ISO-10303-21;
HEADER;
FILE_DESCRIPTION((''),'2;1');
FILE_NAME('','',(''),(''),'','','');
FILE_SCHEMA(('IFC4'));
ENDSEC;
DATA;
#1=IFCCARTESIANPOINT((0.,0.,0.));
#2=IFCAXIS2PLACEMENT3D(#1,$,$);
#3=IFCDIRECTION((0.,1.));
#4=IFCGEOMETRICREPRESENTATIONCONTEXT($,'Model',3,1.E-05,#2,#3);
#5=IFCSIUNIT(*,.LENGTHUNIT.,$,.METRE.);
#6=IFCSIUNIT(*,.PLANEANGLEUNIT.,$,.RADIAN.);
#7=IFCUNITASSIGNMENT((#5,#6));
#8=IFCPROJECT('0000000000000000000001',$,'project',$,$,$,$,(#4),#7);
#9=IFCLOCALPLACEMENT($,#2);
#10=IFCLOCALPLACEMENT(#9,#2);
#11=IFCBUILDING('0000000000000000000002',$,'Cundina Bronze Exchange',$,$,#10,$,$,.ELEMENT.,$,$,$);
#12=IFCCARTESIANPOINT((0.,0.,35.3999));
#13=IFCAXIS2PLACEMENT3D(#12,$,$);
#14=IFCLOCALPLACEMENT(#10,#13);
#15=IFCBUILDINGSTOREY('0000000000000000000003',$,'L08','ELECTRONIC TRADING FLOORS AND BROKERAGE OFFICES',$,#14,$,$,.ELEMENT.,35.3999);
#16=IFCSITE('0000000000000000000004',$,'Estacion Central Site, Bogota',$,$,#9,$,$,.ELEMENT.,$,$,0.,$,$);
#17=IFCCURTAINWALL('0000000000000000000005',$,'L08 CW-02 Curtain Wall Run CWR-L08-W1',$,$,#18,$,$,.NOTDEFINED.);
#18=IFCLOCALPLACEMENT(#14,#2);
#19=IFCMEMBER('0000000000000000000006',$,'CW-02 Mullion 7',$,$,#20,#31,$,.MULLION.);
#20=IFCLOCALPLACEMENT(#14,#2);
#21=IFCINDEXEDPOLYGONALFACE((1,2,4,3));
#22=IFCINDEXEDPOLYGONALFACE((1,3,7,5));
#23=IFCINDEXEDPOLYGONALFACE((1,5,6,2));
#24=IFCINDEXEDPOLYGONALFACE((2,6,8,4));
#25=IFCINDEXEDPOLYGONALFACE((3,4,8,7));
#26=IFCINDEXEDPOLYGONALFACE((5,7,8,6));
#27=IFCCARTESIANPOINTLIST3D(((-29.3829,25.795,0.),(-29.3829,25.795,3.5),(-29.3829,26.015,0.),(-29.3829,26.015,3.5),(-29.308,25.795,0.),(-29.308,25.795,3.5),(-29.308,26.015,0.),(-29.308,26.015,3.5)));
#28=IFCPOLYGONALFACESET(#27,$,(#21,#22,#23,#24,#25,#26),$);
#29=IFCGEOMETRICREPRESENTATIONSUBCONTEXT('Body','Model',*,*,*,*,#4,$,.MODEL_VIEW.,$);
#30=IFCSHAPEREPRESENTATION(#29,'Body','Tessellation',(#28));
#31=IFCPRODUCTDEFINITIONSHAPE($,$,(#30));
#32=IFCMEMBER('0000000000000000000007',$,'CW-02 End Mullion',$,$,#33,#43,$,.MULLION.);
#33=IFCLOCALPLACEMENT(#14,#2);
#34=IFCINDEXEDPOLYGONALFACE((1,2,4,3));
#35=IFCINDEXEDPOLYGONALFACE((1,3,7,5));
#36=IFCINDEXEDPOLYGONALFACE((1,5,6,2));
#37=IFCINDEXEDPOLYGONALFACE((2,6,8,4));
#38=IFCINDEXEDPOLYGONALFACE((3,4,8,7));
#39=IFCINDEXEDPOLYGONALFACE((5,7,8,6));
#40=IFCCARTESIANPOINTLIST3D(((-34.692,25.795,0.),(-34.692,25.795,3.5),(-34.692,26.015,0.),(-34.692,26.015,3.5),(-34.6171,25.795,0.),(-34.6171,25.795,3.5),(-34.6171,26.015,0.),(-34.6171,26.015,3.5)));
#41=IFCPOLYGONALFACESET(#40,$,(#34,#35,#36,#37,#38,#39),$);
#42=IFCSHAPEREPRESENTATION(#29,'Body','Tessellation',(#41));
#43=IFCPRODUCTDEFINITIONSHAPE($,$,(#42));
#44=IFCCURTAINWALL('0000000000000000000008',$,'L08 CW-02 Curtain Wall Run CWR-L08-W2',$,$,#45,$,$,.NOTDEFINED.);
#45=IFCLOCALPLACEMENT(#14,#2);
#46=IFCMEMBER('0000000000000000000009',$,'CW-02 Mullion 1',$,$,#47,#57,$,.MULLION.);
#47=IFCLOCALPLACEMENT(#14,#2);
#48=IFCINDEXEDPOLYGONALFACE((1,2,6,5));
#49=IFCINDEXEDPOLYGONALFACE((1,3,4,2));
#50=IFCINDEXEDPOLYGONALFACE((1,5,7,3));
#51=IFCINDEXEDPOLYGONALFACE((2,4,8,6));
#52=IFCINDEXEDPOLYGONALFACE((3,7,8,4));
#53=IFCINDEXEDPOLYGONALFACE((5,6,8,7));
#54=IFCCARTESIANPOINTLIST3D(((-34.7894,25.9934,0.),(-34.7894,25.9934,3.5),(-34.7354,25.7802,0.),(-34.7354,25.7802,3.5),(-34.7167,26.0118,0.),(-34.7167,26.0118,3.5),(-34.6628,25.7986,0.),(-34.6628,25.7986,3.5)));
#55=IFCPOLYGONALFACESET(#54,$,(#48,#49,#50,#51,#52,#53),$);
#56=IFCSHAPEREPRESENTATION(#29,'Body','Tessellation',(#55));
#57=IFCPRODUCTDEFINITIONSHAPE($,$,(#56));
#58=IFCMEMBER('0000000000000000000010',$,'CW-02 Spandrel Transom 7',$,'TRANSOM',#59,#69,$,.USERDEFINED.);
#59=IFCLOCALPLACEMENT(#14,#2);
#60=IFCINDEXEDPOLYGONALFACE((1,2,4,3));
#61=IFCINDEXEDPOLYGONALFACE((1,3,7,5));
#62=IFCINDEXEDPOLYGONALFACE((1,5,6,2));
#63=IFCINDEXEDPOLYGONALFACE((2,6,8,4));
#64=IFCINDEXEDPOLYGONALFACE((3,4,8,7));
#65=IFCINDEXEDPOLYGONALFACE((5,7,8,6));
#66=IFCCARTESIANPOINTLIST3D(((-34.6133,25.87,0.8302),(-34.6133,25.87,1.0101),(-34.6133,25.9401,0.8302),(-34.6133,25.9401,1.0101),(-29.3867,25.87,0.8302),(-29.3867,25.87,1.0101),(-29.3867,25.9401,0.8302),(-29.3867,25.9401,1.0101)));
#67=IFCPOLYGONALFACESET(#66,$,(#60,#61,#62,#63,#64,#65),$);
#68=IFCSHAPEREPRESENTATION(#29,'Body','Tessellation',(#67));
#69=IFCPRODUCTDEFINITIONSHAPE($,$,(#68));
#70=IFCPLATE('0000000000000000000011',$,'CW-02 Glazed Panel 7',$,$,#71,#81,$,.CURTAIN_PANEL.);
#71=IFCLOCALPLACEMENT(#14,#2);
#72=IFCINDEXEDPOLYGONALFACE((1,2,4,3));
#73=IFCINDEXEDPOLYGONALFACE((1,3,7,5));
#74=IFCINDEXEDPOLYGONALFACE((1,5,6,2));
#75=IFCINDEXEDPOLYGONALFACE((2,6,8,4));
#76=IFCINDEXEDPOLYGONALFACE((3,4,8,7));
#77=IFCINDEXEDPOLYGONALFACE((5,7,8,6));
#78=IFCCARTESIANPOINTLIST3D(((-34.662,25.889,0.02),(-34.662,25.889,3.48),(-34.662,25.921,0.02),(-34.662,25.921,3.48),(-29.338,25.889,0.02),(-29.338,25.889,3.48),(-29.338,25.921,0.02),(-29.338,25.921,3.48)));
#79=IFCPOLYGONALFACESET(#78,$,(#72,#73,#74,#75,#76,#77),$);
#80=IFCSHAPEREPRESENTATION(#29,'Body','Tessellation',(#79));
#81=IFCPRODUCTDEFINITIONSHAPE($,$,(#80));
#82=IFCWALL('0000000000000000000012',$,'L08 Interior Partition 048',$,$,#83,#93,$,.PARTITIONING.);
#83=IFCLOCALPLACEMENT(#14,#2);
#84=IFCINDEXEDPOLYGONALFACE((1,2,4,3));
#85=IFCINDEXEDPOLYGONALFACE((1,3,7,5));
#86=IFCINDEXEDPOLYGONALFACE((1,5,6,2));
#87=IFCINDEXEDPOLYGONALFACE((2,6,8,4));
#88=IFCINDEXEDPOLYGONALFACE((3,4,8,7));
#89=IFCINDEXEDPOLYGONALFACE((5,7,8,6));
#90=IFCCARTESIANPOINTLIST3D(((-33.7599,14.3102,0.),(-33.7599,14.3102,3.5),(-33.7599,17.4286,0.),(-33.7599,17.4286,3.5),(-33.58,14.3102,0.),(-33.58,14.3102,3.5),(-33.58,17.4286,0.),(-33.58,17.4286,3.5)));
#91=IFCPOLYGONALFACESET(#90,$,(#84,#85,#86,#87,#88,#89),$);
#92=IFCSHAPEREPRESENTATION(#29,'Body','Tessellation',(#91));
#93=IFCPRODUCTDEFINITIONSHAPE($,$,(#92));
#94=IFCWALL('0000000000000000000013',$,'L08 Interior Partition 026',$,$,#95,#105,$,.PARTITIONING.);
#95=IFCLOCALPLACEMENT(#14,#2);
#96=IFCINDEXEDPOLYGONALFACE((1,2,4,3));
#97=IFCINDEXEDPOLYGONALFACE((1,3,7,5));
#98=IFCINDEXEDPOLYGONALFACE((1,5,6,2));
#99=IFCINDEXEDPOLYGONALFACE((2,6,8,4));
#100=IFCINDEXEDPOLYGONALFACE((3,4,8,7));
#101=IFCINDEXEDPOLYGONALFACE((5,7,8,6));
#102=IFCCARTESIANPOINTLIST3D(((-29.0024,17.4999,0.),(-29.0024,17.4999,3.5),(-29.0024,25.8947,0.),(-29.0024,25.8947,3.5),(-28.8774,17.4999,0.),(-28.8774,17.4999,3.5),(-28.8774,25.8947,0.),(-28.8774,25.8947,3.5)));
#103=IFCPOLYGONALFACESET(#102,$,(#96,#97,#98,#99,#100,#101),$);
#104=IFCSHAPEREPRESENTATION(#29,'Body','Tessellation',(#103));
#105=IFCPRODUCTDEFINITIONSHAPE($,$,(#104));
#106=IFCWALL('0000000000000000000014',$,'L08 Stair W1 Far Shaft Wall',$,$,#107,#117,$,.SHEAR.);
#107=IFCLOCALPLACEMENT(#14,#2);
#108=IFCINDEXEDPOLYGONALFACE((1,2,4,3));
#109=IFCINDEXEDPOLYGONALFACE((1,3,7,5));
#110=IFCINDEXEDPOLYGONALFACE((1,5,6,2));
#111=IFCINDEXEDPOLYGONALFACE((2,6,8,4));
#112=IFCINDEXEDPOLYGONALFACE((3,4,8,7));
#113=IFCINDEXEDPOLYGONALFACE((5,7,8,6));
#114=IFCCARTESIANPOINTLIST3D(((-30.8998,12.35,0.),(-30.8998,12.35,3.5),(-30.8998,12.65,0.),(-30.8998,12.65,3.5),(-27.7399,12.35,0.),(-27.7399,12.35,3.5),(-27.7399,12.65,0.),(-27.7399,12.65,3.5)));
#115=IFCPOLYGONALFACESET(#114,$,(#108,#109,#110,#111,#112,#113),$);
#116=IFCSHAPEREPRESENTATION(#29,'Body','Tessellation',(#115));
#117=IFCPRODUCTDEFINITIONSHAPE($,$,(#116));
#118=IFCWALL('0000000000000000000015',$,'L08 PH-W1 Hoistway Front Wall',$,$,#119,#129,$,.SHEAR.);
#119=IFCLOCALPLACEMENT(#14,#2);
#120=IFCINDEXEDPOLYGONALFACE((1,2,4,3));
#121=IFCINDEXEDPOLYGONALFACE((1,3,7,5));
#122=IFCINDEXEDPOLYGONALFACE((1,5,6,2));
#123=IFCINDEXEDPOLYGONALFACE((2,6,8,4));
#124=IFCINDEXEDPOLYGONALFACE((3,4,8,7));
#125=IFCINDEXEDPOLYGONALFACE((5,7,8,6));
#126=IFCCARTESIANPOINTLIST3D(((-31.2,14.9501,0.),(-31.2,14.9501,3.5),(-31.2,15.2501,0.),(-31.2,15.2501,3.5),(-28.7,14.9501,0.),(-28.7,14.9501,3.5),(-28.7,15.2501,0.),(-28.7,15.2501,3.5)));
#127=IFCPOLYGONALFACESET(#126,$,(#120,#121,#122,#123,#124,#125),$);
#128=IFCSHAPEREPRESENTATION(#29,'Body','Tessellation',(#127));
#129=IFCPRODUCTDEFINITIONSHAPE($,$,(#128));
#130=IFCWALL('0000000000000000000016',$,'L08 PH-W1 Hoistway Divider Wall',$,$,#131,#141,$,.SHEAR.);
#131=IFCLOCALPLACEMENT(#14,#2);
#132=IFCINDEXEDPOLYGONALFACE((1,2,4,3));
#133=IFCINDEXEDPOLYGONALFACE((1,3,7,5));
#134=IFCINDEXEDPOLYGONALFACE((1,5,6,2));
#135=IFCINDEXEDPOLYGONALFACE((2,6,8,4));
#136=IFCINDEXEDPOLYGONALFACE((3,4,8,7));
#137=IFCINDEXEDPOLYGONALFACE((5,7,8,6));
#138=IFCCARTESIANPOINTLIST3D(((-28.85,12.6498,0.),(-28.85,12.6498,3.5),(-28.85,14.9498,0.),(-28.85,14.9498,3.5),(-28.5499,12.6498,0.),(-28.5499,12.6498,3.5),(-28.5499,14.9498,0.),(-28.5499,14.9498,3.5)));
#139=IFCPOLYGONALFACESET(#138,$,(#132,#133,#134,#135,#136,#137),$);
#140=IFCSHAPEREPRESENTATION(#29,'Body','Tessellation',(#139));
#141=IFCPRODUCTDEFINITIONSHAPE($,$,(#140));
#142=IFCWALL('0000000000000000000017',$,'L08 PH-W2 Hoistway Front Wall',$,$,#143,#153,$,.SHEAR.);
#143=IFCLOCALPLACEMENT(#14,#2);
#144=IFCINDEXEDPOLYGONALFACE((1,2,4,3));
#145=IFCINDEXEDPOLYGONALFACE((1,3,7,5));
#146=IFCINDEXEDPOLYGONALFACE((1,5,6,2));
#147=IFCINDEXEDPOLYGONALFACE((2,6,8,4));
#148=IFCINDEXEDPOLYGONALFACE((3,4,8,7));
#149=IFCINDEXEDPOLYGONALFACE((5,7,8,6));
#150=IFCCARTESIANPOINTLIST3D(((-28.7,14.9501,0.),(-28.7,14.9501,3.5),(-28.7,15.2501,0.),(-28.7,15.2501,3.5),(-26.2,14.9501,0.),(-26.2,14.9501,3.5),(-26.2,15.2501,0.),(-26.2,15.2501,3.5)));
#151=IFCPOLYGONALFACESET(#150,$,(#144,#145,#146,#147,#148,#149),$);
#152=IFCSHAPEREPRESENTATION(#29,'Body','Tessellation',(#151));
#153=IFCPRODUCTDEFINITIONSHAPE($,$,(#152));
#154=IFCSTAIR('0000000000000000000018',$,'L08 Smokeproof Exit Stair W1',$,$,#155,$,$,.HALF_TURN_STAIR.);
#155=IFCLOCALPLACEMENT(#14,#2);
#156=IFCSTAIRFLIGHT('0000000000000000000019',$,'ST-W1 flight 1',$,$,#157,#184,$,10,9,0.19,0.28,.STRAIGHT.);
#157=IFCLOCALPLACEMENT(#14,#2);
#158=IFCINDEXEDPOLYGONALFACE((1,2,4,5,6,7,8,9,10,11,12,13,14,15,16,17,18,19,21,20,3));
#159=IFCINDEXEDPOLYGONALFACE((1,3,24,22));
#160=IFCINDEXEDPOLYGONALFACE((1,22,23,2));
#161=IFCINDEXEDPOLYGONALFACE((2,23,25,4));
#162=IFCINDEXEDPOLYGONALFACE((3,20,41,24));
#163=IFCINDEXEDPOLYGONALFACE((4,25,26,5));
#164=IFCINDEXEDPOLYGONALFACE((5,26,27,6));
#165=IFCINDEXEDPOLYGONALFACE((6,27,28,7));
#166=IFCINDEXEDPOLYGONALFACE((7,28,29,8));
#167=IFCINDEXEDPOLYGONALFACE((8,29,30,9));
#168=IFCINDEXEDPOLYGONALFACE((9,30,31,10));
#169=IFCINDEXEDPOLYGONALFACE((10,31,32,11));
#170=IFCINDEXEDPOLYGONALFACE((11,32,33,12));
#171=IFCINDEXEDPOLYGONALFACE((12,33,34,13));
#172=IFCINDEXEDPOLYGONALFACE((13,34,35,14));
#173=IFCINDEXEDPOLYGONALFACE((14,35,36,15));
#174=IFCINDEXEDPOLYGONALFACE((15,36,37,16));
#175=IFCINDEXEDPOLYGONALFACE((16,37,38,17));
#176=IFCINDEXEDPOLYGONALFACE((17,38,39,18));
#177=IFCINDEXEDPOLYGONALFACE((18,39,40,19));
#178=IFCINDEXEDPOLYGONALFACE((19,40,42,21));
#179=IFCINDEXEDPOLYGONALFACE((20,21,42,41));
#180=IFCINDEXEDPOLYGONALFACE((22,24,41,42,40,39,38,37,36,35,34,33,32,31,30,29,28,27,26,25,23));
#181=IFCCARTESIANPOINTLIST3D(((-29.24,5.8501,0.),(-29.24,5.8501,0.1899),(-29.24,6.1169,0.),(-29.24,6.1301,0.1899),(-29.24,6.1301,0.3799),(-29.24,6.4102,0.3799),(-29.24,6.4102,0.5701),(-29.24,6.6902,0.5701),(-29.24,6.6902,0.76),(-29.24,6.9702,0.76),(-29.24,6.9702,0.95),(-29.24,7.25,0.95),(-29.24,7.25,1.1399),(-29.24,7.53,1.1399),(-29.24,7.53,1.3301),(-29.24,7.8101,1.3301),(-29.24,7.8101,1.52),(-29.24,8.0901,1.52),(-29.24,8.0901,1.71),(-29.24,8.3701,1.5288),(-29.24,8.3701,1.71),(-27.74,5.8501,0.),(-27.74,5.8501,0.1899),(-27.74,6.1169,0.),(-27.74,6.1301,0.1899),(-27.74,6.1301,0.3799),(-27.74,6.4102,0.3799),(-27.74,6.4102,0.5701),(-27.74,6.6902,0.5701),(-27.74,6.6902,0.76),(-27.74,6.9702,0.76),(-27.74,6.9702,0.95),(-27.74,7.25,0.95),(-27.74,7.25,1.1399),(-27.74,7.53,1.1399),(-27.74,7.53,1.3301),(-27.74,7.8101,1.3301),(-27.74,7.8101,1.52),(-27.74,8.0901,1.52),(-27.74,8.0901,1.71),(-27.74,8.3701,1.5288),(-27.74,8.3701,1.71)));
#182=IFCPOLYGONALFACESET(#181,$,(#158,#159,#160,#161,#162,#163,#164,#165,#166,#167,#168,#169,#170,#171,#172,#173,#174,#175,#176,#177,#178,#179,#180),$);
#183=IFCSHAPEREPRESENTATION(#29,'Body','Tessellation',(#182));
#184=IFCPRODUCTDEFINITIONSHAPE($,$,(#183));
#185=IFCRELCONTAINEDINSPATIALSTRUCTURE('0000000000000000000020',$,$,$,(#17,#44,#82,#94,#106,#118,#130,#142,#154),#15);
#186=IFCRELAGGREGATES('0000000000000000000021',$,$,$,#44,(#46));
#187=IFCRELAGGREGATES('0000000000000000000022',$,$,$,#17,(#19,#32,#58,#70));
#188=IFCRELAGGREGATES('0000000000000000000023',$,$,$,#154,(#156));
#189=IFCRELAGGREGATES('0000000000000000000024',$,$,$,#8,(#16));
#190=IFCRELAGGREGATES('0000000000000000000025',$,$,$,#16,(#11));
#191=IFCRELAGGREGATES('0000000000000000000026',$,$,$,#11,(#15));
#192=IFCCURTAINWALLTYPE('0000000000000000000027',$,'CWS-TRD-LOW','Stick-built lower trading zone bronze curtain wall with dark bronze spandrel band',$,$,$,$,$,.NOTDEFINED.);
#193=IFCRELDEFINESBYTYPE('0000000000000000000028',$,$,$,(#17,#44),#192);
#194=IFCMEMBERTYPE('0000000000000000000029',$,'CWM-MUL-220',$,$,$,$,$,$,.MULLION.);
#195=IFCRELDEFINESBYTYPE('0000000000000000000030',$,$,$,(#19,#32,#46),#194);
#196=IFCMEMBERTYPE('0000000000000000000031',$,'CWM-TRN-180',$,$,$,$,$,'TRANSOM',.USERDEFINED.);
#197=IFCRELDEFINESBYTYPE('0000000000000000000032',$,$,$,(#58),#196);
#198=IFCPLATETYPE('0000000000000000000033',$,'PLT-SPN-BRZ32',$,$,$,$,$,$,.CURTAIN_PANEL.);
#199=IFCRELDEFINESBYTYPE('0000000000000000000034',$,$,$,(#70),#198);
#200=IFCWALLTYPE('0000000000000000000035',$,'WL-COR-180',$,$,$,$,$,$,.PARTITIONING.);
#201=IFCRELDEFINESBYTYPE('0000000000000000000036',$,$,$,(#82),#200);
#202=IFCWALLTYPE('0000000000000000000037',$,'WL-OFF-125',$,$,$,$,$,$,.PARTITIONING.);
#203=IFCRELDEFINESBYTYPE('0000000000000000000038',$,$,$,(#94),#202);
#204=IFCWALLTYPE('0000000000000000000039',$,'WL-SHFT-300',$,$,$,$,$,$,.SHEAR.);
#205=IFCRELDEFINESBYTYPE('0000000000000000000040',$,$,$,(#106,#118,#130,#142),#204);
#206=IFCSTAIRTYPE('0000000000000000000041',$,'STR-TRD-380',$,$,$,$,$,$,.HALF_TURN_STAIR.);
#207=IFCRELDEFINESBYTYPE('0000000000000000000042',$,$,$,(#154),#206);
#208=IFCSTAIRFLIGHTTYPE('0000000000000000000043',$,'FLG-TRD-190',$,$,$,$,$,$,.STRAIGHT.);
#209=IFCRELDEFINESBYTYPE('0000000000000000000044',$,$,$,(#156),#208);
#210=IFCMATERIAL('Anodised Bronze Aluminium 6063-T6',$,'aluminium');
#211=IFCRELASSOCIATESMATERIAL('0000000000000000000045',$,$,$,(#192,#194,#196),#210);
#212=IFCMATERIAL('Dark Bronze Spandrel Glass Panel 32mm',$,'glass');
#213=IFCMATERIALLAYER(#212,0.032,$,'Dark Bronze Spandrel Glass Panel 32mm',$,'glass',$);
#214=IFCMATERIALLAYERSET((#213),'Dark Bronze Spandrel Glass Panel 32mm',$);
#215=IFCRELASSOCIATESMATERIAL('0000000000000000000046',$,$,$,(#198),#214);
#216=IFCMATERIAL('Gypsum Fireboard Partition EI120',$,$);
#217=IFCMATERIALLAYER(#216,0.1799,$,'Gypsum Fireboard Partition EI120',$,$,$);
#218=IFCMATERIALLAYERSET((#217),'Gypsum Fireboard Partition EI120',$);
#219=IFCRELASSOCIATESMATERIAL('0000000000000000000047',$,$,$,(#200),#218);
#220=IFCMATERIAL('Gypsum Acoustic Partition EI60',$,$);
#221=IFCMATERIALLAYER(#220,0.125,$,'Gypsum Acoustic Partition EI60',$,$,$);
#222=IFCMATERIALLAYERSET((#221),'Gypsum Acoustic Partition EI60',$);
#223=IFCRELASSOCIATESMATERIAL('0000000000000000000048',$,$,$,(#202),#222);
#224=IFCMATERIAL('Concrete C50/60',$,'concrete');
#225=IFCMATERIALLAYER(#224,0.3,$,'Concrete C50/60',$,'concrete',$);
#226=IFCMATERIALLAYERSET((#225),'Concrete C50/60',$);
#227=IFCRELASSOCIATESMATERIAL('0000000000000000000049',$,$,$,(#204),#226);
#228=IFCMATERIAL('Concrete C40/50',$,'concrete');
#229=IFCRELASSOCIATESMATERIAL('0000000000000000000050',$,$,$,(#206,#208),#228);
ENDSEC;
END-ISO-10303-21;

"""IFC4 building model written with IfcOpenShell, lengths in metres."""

from ifc_helpers import new_model, si_unit, direction, frame, frame_2d, origin, origin_2d, place, context, subcontext, project, spatial, polyline, rectangle, outline, extrude, material, layer, layer_set, material_profile, profile_set, type_object, element, aggregate, save


model = new_model("IFC4")

# Units and contexts
model_context = context("Model", 3, precision=1e-05, world=origin(), true_north=direction((0.0, 1.0)))
body_context = subcontext(model_context, "Body", "Model", "MODEL_VIEW")
ifc_project = project(units=[si_unit("LENGTHUNIT", "METRE"), si_unit("PLANEANGLEUNIT", "RADIAN")], contexts=[model_context])

# Site, building, storey
site_placement = place(None, origin())
site = spatial("IfcSite", under=ifc_project, at=site_placement, Name="Estacion Central Site, Bogota", CompositionType="ELEMENT", RefElevation=0.0)
building_placement = place(site_placement, origin())
building = spatial("IfcBuilding", under=site, at=building_placement, Name="Cundina Bronze Exchange", CompositionType="ELEMENT")
storey_placement = place(building_placement, frame((0.0, 0.0, 35.3999)))
storey = spatial("IfcBuildingStorey", under=building, at=storey_placement, Name="L08", Description="ELECTRONIC TRADING FLOORS AND BROKERAGE OFFICES", CompositionType="ELEMENT", Elevation=35.3999)

# Curtain wall, members
ifc_material_1 = material(Name="Anodised Bronze Aluminium 6063-T6", Category="aluminium")
curtain_wall_type = type_object("IfcCurtainWallType", Name="CWS-TRD-LOW", Description="Stick-built lower trading zone bronze curtain wall with dark bronze spandrel band", PredefinedType="NOTDEFINED", material=ifc_material_1)
curtain_wall_1_placement = place(storey_placement, origin())
curtain_wall_1 = element("IfcCurtainWall", 1, at=curtain_wall_1_placement, inside=storey, type_object=curtain_wall_type, Name="L08 CW-02 Curtain Wall Run CWR-L08-W1", PredefinedType="NOTDEFINED")
ifc_material_profile_1 = material_profile(ifc_material_1, rectangle(XDim=0.075, YDim=0.22, at=origin_2d()), Name="AL75X220", Category="aluminium")
ifc_profile_set_1 = profile_set([ifc_material_profile_1], Name="Anodised Bronze Aluminium 6063-T6")
member_type_1 = type_object("IfcMemberType", Name="CWM-MUL-220", PredefinedType="MULLION", material=ifc_profile_set_1)
member_1_placement = place(storey_placement, frame((-29.3455, 25.905, 0.0), z_axis=(0.0, 0.0, 1.0), x_axis=(-1.0, 0.0, 0.0)))
member_1 = element("IfcMember", 2, at=member_1_placement, type_object=member_type_1, Name="CW-02 Mullion 7", PredefinedType="MULLION", context=body_context, shape_type="SweptSolid", body=[
    extrude(rectangle(XDim=0.075, YDim=0.22, at=origin_2d()), origin(), (0.0, 0.0, 1.0), 3.5),
])
member_2_placement = place(storey_placement, frame((-34.6545, 25.905, 0.0), z_axis=(0.0, 0.0, 1.0), x_axis=(-1.0, 0.0, 0.0)))
member_2 = element("IfcMember", 3, at=member_2_placement, type_object=member_type_1, Name="CW-02 End Mullion", PredefinedType="MULLION", context=body_context, shape_type="SweptSolid", body=[
    extrude(rectangle(XDim=0.075, YDim=0.22, at=origin_2d()), origin(), (0.0, 0.0, 1.0), 3.5),
])

# Curtain wall, member
curtain_wall_2_placement = place(storey_placement, origin())
curtain_wall_2 = element("IfcCurtainWall", 4, at=curtain_wall_2_placement, inside=storey, type_object=curtain_wall_type, Name="L08 CW-02 Curtain Wall Run CWR-L08-W2", PredefinedType="NOTDEFINED")
member_3_placement = place(storey_placement, frame((-34.7261, 25.896, 0.0), z_axis=(0.0, 0.0, 1.0), x_axis=(-0.969488, -0.245138, 0.0)))
member_3 = element("IfcMember", 5, at=member_3_placement, type_object=member_type_1, Name="CW-02 Mullion 1", PredefinedType="MULLION", context=body_context, shape_type="SweptSolid", body=[
    extrude(rectangle(XDim=0.075, YDim=0.22, at=origin_2d()), origin(), (0.0, 0.0, 1.0), 3.5),
])
aggregate(curtain_wall_2, [member_3])

# Member
ifc_material_profile_2 = material_profile(ifc_material_1, rectangle(XDim=0.0701, YDim=0.1799, at=origin_2d()), Name="AL70X180", Category="aluminium")
ifc_profile_set_2 = profile_set([ifc_material_profile_2], Name="Anodised Bronze Aluminium 6063-T6")
member_type_2 = type_object("IfcMemberType", Name="CWM-TRN-180", ElementType="TRANSOM", PredefinedType="USERDEFINED", material=ifc_profile_set_2)
member_4_placement = place(storey_placement, frame((-29.3867, 25.905, 0.9202), z_axis=(-1.0, 0.0, 0.0), x_axis=(0.0, -1.0, 0.0)))
member_4 = element("IfcMember", 6, at=member_4_placement, type_object=member_type_2, Name="CW-02 Spandrel Transom 7", ObjectType="TRANSOM", PredefinedType="USERDEFINED", context=body_context, shape_type="SweptSolid", body=[
    extrude(rectangle(XDim=0.0701, YDim=0.1799, at=origin_2d()), origin(), (0.0, 0.0, 1.0), 5.2266),
])

# Plate
ifc_material_2 = material(Name="Dark Bronze Spandrel Glass Panel 32mm", Category="glass")
ifc_layer_1 = layer(ifc_material_2, 0.032, Name="Dark Bronze Spandrel Glass Panel 32mm", Category="glass")
ifc_layer_set_1 = layer_set([ifc_layer_1], Name="Dark Bronze Spandrel Glass Panel 32mm")
plate_type = type_object("IfcPlateType", Name="PLT-SPN-BRZ32", PredefinedType="CURTAIN_PANEL", material=ifc_layer_set_1)
plate_placement = place(storey_placement, frame((-32.0, 25.905, 0.02), z_axis=(0.0, 0.0, 1.0), x_axis=(-1.0, 0.0, 0.0)))
plate = element("IfcPlate", 7, at=plate_placement, type_object=plate_type, Name="CW-02 Glazed Panel 7", PredefinedType="CURTAIN_PANEL", context=body_context, shape_type="SweptSolid", body=[
    extrude(rectangle(XDim=5.324, YDim=0.032, at=origin_2d()), origin(), (0.0, 0.0, 1.0), 3.46),
])
aggregate(curtain_wall_1, [member_1, member_2, member_4, plate])

# Shared definitions
ifc_material_3 = material(Name="Gypsum Fireboard Partition EI120")
ifc_layer_2 = layer(ifc_material_3, 0.1799, Name="Gypsum Fireboard Partition EI120")
ifc_layer_set_2 = layer_set([ifc_layer_2], Name="Gypsum Fireboard Partition EI120")
wall_type_1 = type_object("IfcWallType", Name="WL-COR-180", PredefinedType="PARTITIONING", material=ifc_layer_set_2)

# Walls
wall_1_placement = place(storey_placement, frame((-33.6699, 17.4285, 0.0), z_axis=(0.0, 0.0, 1.0), x_axis=(0.0, -1.0, 0.0)))
element("IfcWall", 8, at=wall_1_placement, inside=storey, type_object=wall_type_1, Name="L08 Interior Partition 048", PredefinedType="PARTITIONING", context=body_context, shape_type="SweptSolid", body=[
    extrude(rectangle(XDim=3.1184, YDim=0.1799, at=frame_2d((1.5591, 0.0))), origin(), (0.0, 0.0, 1.0), 3.5),
])
ifc_material_4 = material(Name="Gypsum Acoustic Partition EI60")
ifc_layer_3 = layer(ifc_material_4, 0.125, Name="Gypsum Acoustic Partition EI60")
ifc_layer_set_3 = layer_set([ifc_layer_3], Name="Gypsum Acoustic Partition EI60")
wall_type_2 = type_object("IfcWallType", Name="WL-OFF-125", PredefinedType="PARTITIONING", material=ifc_layer_set_3)
wall_2_placement = place(storey_placement, frame((-28.9399, 17.5, 0.0), z_axis=(0.0, 0.0, 1.0), x_axis=(0.0, 1.0, 0.0)))
element("IfcWall", 9, at=wall_2_placement, inside=storey, type_object=wall_type_2, Name="L08 Interior Partition 026", PredefinedType="PARTITIONING", context=body_context, shape_type="SweptSolid", body=[
    extrude(rectangle(XDim=8.3948, YDim=0.125, at=frame_2d((4.1973, 0.0))), origin(), (0.0, 0.0, 1.0), 3.5),
])

# Shared definitions
ifc_material_5 = material(Name="Concrete C50/60", Category="concrete")
ifc_layer_4 = layer(ifc_material_5, 0.3, Name="Concrete C50/60", Category="concrete")
ifc_layer_set_4 = layer_set([ifc_layer_4], Name="Concrete C50/60")
wall_type_3 = type_object("IfcWallType", Name="WL-SHFT-300", PredefinedType="SHEAR", material=ifc_layer_set_4)

# Walls
wall_3_placement = place(storey_placement, frame((-30.8999, 12.5, 0.0), z_axis=(0.0, 0.0, 1.0), x_axis=(1.0, 0.0, 0.0)))
element("IfcWall", 10, at=wall_3_placement, inside=storey, type_object=wall_type_3, Name="L08 Stair W1 Far Shaft Wall", PredefinedType="SHEAR", context=body_context, shape_type="SweptSolid", body=[
    extrude(rectangle(XDim=3.1599, YDim=0.3, at=frame_2d((1.5801, 0.0))), origin(), (0.0, 0.0, 1.0), 3.5),
])
wall_4_placement = place(storey_placement, frame((-31.2, 15.1001, 0.0), z_axis=(0.0, 0.0, 1.0), x_axis=(1.0, 0.0, 0.0)))
element("IfcWall", 11, at=wall_4_placement, inside=storey, type_object=wall_type_3, Name="L08 PH-W1 Hoistway Front Wall", PredefinedType="SHEAR", context=body_context, shape_type="SweptSolid", body=[
    extrude(rectangle(XDim=2.5, YDim=0.3, at=frame_2d((1.25, 0.0))), origin(), (0.0, 0.0, 1.0), 3.5),
])
wall_5_placement = place(storey_placement, frame((-28.7, 12.6499, 0.0), z_axis=(0.0, 0.0, 1.0), x_axis=(0.0, 1.0, 0.0)))
element("IfcWall", 12, at=wall_5_placement, inside=storey, type_object=wall_type_3, Name="L08 PH-W1 Hoistway Divider Wall", PredefinedType="SHEAR", context=body_context, shape_type="SweptSolid", body=[
    extrude(rectangle(XDim=2.3, YDim=0.3, at=frame_2d((1.1499, 0.0))), origin(), (0.0, 0.0, 1.0), 3.5),
])
wall_6_placement = place(storey_placement, frame((-28.7, 15.1001, 0.0), z_axis=(0.0, 0.0, 1.0), x_axis=(1.0, 0.0, 0.0)))
element("IfcWall", 13, at=wall_6_placement, inside=storey, type_object=wall_type_3, Name="L08 PH-W2 Hoistway Front Wall", PredefinedType="SHEAR", context=body_context, shape_type="SweptSolid", body=[
    extrude(rectangle(XDim=2.5, YDim=0.3, at=frame_2d((1.25, 0.0))), origin(), (0.0, 0.0, 1.0), 3.5),
])

# Stair, stair flight
ifc_material_6 = material(Name="Concrete C40/50", Category="concrete")
stair_type = type_object("IfcStairType", Name="STR-TRD-380", PredefinedType="HALF_TURN_STAIR", material=ifc_material_6)
stair_placement = place(storey_placement, origin())
stair = element("IfcStair", 14, at=stair_placement, inside=storey, type_object=stair_type, Name="L08 Smokeproof Exit Stair W1", PredefinedType="HALF_TURN_STAIR")
stair_flight_type = type_object("IfcStairFlightType", Name="FLG-TRD-190", PredefinedType="STRAIGHT", material=ifc_material_6)
stair_flight_1_placement = place(storey_placement, frame((-28.49, 5.8501, 0.0), z_axis=(0.0, 0.0, 1.0), x_axis=(0.0, 1.0, 0.0)))
stair_flight_1 = element("IfcStairFlight", 15, at=stair_flight_1_placement, type_object=stair_flight_type, Name="ST-W1 flight 1", NumberOfRisers=10, NumberOfTreads=9, PredefinedType="STRAIGHT", RiserHeight=0.19, TreadLength=0.28, context=body_context, shape_type="SweptSolid", body=[
    extrude(outline(polyline([(0.0, 0.0), (0.0, 0.1899), (0.28, 0.1899), (0.28, 0.3799), (0.5601, 0.3799), (0.5601, 0.5701), (0.8401, 0.5701), (0.8401, 0.76), (1.1201, 0.76), (1.1201, 0.95), (1.3999, 0.95), (1.3999, 1.1399), (1.6799, 1.1399), (1.6799, 1.3301), (1.96, 1.3301), (1.96, 1.52), (2.24, 1.52), (2.24, 1.71), (2.52, 1.71), (2.52, 1.8999), (2.52, 1.5288), (0.2668, 0.0), (0.0, 0.0)])), frame((0.0, 0.75, 0.0), z_axis=(0.0, -1.0, 0.0), x_axis=(1.0, 0.0, 0.0)), (0.0, 0.0, 1.0), 1.5),
])
aggregate(stair, [stair_flight_1])

save(model, "model.ifc")
